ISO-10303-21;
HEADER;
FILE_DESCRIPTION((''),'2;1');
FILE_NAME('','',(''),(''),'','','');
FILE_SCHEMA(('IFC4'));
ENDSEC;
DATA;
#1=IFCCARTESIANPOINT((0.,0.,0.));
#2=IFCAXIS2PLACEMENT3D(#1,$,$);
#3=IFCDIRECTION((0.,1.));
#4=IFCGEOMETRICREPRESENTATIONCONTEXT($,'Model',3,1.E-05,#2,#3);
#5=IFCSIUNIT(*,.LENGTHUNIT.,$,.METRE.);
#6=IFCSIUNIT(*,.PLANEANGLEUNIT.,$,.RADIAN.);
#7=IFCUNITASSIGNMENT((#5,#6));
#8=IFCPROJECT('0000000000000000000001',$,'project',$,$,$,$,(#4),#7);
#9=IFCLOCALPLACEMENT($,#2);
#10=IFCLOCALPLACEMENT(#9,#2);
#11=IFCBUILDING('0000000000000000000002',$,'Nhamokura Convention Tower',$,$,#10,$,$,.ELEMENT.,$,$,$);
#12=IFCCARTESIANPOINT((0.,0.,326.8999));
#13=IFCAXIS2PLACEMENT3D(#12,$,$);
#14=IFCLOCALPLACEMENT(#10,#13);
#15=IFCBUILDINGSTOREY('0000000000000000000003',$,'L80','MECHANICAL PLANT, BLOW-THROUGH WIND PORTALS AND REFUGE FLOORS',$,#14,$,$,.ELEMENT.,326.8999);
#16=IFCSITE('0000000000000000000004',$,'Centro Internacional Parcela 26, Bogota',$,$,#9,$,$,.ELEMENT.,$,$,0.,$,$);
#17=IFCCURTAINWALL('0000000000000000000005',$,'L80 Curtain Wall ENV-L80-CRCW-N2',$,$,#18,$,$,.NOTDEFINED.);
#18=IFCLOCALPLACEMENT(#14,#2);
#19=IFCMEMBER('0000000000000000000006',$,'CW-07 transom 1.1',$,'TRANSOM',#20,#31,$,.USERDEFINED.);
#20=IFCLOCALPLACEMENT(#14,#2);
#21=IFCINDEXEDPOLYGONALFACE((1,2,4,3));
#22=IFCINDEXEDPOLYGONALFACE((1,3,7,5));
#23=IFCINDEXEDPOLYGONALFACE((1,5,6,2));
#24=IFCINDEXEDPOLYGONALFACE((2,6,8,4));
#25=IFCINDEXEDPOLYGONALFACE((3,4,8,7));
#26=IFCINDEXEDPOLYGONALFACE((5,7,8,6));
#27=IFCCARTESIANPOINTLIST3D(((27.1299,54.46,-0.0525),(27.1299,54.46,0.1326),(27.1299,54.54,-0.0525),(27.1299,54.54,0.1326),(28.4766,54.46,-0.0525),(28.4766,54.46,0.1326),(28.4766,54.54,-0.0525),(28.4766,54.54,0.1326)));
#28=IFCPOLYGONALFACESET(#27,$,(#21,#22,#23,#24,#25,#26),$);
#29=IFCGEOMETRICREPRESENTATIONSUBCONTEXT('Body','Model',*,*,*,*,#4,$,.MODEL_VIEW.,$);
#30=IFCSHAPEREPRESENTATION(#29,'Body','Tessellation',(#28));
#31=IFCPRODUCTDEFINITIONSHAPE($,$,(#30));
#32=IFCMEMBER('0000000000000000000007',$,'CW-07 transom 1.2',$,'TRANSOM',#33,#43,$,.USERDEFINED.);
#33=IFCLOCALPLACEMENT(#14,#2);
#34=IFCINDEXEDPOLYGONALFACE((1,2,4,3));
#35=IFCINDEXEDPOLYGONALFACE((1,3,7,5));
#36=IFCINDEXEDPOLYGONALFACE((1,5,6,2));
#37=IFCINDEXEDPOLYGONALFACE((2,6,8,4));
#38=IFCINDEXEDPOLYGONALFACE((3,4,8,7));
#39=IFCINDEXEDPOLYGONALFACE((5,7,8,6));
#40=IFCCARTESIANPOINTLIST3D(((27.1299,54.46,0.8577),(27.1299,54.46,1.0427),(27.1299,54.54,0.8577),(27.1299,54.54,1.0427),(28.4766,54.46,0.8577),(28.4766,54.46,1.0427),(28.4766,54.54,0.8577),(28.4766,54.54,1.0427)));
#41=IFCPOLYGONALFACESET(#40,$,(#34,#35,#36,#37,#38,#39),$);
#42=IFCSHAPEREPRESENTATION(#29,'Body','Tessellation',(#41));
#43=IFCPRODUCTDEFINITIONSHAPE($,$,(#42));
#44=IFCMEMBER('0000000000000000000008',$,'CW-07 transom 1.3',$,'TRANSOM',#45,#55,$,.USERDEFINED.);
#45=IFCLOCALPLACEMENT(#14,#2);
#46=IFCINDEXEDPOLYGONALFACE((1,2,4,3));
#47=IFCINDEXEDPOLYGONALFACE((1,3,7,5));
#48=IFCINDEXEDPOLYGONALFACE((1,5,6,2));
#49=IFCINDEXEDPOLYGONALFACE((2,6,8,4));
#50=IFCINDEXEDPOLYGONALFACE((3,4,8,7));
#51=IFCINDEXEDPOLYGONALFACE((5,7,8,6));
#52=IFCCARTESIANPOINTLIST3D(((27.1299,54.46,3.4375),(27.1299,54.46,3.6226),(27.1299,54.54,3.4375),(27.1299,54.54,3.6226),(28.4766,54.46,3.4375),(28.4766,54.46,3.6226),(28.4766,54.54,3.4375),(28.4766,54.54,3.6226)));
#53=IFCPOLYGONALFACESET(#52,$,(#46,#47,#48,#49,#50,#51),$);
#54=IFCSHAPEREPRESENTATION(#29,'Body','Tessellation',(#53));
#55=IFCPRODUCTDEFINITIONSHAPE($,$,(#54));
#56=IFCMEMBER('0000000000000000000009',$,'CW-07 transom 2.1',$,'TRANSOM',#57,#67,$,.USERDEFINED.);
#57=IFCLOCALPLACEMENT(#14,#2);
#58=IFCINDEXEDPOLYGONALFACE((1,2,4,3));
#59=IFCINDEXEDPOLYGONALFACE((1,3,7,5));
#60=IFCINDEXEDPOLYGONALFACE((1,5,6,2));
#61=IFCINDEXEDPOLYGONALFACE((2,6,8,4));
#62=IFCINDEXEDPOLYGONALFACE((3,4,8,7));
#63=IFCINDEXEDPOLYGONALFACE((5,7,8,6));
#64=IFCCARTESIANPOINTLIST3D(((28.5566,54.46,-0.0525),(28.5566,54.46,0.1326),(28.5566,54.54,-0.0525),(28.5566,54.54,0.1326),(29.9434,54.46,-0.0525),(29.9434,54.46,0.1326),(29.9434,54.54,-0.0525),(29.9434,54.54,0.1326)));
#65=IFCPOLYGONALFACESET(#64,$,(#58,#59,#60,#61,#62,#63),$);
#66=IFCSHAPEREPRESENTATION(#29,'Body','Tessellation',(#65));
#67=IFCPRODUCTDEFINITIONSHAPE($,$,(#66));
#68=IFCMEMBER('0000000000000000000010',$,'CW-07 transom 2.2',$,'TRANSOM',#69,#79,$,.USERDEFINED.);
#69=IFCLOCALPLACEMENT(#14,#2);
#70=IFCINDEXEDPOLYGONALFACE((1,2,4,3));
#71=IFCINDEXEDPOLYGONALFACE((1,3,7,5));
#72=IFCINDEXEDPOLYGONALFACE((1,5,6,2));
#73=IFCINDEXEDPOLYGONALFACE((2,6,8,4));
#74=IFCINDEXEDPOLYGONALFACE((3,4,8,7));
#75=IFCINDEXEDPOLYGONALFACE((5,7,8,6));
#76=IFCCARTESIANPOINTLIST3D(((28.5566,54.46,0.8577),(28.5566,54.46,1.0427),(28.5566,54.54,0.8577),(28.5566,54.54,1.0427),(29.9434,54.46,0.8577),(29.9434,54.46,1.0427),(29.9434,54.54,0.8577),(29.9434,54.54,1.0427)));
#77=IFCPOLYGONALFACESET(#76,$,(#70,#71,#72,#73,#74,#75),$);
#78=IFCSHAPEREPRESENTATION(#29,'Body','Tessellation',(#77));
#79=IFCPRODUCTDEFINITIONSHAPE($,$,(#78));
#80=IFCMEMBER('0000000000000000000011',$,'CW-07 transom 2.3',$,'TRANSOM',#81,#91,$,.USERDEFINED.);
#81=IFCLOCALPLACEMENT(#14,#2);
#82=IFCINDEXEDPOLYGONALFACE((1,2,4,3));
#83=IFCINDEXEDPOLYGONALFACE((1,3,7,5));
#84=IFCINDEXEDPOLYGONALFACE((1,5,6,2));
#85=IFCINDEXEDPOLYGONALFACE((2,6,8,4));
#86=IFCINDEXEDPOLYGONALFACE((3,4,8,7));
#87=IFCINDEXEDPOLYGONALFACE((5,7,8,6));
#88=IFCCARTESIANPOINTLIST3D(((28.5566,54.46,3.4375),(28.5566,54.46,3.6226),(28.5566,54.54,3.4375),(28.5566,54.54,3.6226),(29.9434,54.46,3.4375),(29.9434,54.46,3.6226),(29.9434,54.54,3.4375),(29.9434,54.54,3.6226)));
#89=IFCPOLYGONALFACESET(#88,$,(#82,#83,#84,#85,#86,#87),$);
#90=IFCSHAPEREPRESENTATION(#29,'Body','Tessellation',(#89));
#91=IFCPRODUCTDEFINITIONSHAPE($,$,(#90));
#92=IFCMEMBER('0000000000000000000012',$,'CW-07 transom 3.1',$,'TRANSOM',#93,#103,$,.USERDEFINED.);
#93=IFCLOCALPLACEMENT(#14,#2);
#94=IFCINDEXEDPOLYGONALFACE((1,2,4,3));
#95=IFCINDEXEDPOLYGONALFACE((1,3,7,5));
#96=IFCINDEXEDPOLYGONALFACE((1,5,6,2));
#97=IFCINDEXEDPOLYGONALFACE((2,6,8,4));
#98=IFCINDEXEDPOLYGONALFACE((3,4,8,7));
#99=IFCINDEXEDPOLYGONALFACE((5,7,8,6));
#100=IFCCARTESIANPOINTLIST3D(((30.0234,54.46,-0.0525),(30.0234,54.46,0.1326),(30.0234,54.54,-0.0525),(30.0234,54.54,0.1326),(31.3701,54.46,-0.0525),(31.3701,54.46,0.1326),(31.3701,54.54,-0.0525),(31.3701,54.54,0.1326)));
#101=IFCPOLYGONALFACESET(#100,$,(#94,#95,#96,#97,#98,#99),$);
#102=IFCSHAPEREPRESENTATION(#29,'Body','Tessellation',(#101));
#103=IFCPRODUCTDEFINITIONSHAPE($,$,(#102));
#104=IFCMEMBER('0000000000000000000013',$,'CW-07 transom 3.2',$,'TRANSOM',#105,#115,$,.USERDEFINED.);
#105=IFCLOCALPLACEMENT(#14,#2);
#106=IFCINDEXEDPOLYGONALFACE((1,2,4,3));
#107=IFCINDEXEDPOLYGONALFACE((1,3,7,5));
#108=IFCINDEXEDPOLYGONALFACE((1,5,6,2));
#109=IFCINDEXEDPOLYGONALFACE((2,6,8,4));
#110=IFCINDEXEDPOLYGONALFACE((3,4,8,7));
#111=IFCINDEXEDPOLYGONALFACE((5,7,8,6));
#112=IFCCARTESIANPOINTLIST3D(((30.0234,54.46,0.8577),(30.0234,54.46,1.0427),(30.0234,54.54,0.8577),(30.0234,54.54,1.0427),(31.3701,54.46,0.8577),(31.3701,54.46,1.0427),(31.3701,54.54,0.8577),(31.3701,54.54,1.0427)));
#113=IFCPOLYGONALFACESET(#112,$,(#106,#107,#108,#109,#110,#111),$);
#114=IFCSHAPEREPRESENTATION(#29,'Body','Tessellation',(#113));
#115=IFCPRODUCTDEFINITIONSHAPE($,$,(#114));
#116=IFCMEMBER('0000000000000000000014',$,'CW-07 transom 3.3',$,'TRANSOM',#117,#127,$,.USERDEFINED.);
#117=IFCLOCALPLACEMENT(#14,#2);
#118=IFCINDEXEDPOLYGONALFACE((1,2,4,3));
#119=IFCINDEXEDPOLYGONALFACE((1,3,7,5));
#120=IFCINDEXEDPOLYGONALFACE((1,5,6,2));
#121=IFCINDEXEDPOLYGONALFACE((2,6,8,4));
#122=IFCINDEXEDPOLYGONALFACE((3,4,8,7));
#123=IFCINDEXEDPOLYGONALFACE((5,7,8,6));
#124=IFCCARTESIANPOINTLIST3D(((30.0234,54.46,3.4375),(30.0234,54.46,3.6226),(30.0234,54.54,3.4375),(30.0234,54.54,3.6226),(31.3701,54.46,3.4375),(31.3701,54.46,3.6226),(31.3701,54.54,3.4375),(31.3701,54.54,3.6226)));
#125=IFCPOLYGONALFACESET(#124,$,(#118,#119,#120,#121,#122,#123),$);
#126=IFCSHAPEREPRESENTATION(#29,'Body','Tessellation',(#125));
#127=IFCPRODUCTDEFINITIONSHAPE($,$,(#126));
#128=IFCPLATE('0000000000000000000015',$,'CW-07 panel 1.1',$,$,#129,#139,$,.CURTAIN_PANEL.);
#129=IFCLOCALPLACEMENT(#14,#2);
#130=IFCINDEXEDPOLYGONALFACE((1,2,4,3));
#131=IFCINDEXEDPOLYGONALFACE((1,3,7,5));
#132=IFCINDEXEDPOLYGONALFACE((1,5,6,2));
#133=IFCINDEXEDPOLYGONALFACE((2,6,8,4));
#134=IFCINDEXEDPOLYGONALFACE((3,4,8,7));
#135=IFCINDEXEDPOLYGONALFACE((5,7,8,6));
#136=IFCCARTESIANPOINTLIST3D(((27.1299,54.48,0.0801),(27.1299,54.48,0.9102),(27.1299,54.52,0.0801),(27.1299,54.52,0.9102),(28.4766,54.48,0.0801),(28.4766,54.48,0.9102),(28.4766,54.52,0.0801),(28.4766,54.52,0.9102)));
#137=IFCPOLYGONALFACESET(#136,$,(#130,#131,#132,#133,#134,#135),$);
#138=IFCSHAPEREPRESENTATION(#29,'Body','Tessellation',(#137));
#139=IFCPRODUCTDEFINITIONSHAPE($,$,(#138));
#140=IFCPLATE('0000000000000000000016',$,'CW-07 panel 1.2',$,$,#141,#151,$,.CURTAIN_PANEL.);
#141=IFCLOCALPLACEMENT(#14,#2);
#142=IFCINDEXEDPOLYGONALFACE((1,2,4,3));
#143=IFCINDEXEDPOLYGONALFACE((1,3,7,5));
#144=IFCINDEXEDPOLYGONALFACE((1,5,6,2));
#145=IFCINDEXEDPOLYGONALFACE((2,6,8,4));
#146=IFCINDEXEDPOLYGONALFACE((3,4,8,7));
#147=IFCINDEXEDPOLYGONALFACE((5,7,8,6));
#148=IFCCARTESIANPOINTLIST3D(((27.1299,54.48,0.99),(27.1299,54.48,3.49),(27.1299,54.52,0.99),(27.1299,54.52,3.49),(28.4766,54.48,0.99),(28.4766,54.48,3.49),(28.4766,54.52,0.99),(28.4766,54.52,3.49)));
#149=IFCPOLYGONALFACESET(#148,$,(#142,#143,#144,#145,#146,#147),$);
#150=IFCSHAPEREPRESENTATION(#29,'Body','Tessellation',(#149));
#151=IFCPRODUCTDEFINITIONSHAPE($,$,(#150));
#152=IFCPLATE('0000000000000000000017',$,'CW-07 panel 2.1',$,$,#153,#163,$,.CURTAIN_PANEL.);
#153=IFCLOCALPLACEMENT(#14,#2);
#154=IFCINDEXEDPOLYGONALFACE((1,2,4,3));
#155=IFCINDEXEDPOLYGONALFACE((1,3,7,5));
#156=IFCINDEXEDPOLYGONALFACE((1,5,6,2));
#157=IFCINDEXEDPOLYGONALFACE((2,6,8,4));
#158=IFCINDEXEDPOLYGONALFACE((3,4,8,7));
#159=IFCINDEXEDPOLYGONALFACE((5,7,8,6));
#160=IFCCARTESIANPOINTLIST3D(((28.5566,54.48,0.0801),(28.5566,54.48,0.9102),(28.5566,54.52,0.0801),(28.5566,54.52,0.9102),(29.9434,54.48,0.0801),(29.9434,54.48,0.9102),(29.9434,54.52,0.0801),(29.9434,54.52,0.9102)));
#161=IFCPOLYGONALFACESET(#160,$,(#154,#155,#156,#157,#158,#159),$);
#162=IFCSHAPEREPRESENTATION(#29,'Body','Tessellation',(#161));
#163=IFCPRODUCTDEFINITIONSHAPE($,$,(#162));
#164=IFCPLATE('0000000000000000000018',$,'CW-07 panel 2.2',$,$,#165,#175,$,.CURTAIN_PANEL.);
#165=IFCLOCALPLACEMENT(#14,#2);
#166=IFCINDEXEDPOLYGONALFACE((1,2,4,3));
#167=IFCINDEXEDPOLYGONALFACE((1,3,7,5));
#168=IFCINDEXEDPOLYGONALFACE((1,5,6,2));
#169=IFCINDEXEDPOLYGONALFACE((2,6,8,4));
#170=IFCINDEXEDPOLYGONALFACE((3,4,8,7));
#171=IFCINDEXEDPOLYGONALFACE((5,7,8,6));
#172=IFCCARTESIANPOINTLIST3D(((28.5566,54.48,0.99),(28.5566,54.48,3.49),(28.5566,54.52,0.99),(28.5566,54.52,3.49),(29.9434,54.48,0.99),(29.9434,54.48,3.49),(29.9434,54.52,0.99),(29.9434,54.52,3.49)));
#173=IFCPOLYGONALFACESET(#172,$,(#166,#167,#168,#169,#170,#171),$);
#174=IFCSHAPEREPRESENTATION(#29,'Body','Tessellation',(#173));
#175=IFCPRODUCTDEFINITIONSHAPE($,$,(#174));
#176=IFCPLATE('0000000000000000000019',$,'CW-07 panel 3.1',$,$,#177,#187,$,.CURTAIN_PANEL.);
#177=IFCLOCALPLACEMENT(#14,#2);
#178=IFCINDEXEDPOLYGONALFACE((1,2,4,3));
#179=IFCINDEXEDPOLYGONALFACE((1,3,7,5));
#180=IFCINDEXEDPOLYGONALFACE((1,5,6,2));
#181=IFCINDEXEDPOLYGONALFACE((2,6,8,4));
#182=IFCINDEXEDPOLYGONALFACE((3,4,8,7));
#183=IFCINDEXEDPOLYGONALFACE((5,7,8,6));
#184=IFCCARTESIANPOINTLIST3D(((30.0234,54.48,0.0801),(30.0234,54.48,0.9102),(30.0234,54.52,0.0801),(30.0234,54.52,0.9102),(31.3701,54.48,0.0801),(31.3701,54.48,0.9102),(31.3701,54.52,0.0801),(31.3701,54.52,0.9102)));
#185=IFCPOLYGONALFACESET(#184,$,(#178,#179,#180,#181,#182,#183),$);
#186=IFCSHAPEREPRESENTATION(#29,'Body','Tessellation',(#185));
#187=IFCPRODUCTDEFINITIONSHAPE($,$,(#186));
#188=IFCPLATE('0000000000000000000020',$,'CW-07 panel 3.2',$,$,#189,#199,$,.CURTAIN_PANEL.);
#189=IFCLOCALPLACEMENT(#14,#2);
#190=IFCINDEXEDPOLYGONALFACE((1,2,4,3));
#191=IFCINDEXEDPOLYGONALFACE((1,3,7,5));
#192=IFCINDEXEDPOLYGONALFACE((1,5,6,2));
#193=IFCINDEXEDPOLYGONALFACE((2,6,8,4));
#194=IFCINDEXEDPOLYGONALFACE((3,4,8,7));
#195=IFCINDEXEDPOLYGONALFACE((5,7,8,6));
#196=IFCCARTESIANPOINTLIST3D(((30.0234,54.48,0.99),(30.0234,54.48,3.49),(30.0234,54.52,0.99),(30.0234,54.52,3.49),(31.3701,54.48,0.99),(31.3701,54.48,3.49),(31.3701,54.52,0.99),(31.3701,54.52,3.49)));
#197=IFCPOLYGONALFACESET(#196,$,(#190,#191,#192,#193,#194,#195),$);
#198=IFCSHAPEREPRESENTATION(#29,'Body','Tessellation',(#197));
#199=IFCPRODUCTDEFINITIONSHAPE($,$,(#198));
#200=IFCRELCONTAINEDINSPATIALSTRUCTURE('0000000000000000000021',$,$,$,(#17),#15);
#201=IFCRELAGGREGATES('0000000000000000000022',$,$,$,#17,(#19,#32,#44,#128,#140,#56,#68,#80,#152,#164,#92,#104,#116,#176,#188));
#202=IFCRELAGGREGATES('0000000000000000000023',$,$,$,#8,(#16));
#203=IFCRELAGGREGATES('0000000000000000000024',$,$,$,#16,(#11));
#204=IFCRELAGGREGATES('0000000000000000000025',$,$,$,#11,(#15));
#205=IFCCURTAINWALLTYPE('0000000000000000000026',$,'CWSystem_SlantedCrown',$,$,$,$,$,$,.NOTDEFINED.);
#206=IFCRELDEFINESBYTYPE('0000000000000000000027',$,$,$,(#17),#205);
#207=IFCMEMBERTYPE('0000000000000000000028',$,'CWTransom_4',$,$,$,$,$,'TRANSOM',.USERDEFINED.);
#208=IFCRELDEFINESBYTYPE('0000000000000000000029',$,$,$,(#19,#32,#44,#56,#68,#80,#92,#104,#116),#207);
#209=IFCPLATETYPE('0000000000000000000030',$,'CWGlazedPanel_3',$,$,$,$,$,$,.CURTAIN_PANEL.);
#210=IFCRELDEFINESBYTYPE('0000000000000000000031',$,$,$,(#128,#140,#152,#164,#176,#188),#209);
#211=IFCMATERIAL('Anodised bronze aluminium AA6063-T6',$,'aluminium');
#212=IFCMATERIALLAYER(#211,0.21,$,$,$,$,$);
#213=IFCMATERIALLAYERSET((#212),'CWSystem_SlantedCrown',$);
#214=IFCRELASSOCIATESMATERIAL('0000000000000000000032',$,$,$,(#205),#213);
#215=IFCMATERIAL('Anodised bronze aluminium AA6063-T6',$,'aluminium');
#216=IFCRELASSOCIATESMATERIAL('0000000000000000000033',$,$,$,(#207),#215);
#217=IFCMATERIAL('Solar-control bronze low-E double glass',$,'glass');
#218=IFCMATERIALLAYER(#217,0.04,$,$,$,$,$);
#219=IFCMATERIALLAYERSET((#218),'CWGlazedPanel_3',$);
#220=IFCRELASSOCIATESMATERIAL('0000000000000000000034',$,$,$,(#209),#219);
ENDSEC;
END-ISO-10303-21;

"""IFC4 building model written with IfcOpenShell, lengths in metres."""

from ifc_helpers import new_model, si_unit, direction, frame, origin, origin_2d, place, context, subcontext, project, spatial, rectangle, extrude, material, layer, layer_set, material_profile, profile_set, type_object, element, aggregate, save


model = new_model("IFC4")

# Units and contexts
model_context = context("Model", 3, precision=1e-05, world=origin(), true_north=direction((0.0, 1.0)))
body_context = subcontext(model_context, "Body", "Model", "MODEL_VIEW")
ifc_project = project(units=[si_unit("LENGTHUNIT", "METRE"), si_unit("PLANEANGLEUNIT", "RADIAN")], contexts=[model_context])

# Site, building, storey
site_placement = place(None, origin())
site = spatial("IfcSite", under=ifc_project, at=site_placement, Name="Centro Internacional Parcela 26, Bogota", CompositionType="ELEMENT", RefElevation=0.0)
building_placement = place(site_placement, origin())
building = spatial("IfcBuilding", under=site, at=building_placement, Name="Nhamokura Convention Tower", CompositionType="ELEMENT")
storey_placement = place(building_placement, frame((0.0, 0.0, 326.8999)))
storey = spatial("IfcBuildingStorey", under=building, at=storey_placement, Name="L80", Description="MECHANICAL PLANT, BLOW-THROUGH WIND PORTALS AND REFUGE FLOORS", CompositionType="ELEMENT", Elevation=326.8999)

# Curtain wall, members, plates
ifc_material_1 = material(Name="Anodised bronze aluminium AA6063-T6", Category="aluminium")
ifc_layer_1 = layer(ifc_material_1, 0.21)
ifc_layer_set_1 = layer_set([ifc_layer_1], Name="CWSystem_SlantedCrown")
curtain_wall_type = type_object("IfcCurtainWallType", Name="CWSystem_SlantedCrown", PredefinedType="NOTDEFINED", material=ifc_layer_set_1)
curtain_wall_placement = place(storey_placement, origin())
curtain_wall = element("IfcCurtainWall", 1, at=curtain_wall_placement, inside=storey, type_object=curtain_wall_type, Name="L80 Curtain Wall ENV-L80-CRCW-N2", PredefinedType="NOTDEFINED")
ifc_material_2 = material(Name="Anodised bronze aluminium AA6063-T6", Category="aluminium")
ifc_material_profile_1 = material_profile(ifc_material_2, rectangle(XDim=0.0801, YDim=0.1851, at=origin_2d()))
ifc_profile_set_1 = profile_set([ifc_material_profile_1], Name="Anodised bronze aluminium AA6063-T6")
member_type_1 = type_object("IfcMemberType", Name="CWTransom_4", ElementType="TRANSOM", PredefinedType="USERDEFINED", material=ifc_profile_set_1)
member_1_placement = place(storey_placement, frame((27.1299, 54.5, 0.04), z_axis=(1.0, 0.0, 0.0), x_axis=(0.0, 1.0, 0.0)))
member_1 = element("IfcMember", 2, at=member_1_placement, type_object=member_type_1, Name="CW-07 transom 1.1", ObjectType="TRANSOM", PredefinedType="USERDEFINED", context=body_context, shape_type="SweptSolid", body=[
    extrude(rectangle(XDim=0.0801, YDim=0.1851, at=origin_2d()), origin(), (0.0, 0.0, 1.0), 1.3467),
])
member_2_placement = place(storey_placement, frame((27.1299, 54.5, 0.9502), z_axis=(1.0, 0.0, 0.0), x_axis=(0.0, 1.0, 0.0)))
member_2 = element("IfcMember", 3, at=member_2_placement, type_object=member_type_1, Name="CW-07 transom 1.2", ObjectType="TRANSOM", PredefinedType="USERDEFINED", context=body_context, shape_type="SweptSolid", body=[
    extrude(rectangle(XDim=0.0801, YDim=0.1851, at=origin_2d()), origin(), (0.0, 0.0, 1.0), 1.3467),
])
member_3_placement = place(storey_placement, frame((27.1299, 54.5, 3.53), z_axis=(1.0, 0.0, 0.0), x_axis=(0.0, 1.0, 0.0)))
member_3 = element("IfcMember", 4, at=member_3_placement, type_object=member_type_1, Name="CW-07 transom 1.3", ObjectType="TRANSOM", PredefinedType="USERDEFINED", context=body_context, shape_type="SweptSolid", body=[
    extrude(rectangle(XDim=0.0801, YDim=0.1851, at=origin_2d()), origin(), (0.0, 0.0, 1.0), 1.3467),
])
member_4_placement = place(storey_placement, frame((28.5566, 54.5, 0.04), z_axis=(1.0, 0.0, 0.0), x_axis=(0.0, 1.0, 0.0)))
member_4 = element("IfcMember", 5, at=member_4_placement, type_object=member_type_1, Name="CW-07 transom 2.1", ObjectType="TRANSOM", PredefinedType="USERDEFINED", context=body_context, shape_type="SweptSolid", body=[
    extrude(rectangle(XDim=0.0801, YDim=0.1851, at=origin_2d()), origin(), (0.0, 0.0, 1.0), 1.3867),
])
member_5_placement = place(storey_placement, frame((28.5566, 54.5, 0.9502), z_axis=(1.0, 0.0, 0.0), x_axis=(0.0, 1.0, 0.0)))
member_5 = element("IfcMember", 6, at=member_5_placement, type_object=member_type_1, Name="CW-07 transom 2.2", ObjectType="TRANSOM", PredefinedType="USERDEFINED", context=body_context, shape_type="SweptSolid", body=[
    extrude(rectangle(XDim=0.0801, YDim=0.1851, at=origin_2d()), origin(), (0.0, 0.0, 1.0), 1.3867),
])
member_6_placement = place(storey_placement, frame((28.5566, 54.5, 3.53), z_axis=(1.0, 0.0, 0.0), x_axis=(0.0, 1.0, 0.0)))
member_6 = element("IfcMember", 7, at=member_6_placement, type_object=member_type_1, Name="CW-07 transom 2.3", ObjectType="TRANSOM", PredefinedType="USERDEFINED", context=body_context, shape_type="SweptSolid", body=[
    extrude(rectangle(XDim=0.0801, YDim=0.1851, at=origin_2d()), origin(), (0.0, 0.0, 1.0), 1.3867),
])
member_7_placement = place(storey_placement, frame((30.0234, 54.5, 0.04), z_axis=(1.0, 0.0, 0.0), x_axis=(0.0, 1.0, 0.0)))
member_7 = element("IfcMember", 8, at=member_7_placement, type_object=member_type_1, Name="CW-07 transom 3.1", ObjectType="TRANSOM", PredefinedType="USERDEFINED", context=body_context, shape_type="SweptSolid", body=[
    extrude(rectangle(XDim=0.0801, YDim=0.1851, at=origin_2d()), origin(), (0.0, 0.0, 1.0), 1.3467),
])
member_8_placement = place(storey_placement, frame((30.0234, 54.5, 0.9502), z_axis=(1.0, 0.0, 0.0), x_axis=(0.0, 1.0, 0.0)))
member_8 = element("IfcMember", 9, at=member_8_placement, type_object=member_type_1, Name="CW-07 transom 3.2", ObjectType="TRANSOM", PredefinedType="USERDEFINED", context=body_context, shape_type="SweptSolid", body=[
    extrude(rectangle(XDim=0.0801, YDim=0.1851, at=origin_2d()), origin(), (0.0, 0.0, 1.0), 1.3467),
])
member_9_placement = place(storey_placement, frame((30.0234, 54.5, 3.53), z_axis=(1.0, 0.0, 0.0), x_axis=(0.0, 1.0, 0.0)))
member_9 = element("IfcMember", 10, at=member_9_placement, type_object=member_type_1, Name="CW-07 transom 3.3", ObjectType="TRANSOM", PredefinedType="USERDEFINED", context=body_context, shape_type="SweptSolid", body=[
    extrude(rectangle(XDim=0.0801, YDim=0.1851, at=origin_2d()), origin(), (0.0, 0.0, 1.0), 1.3467),
])
ifc_material_3 = material(Name="Solar-control bronze low-E double glass", Category="glass")
ifc_layer_2 = layer(ifc_material_3, 0.04)
ifc_layer_set_2 = layer_set([ifc_layer_2], Name="CWGlazedPanel_3")
plate_type = type_object("IfcPlateType", Name="CWGlazedPanel_3", PredefinedType="CURTAIN_PANEL", material=ifc_layer_set_2)
plate_1_placement = place(storey_placement, frame((27.8032, 54.5, 0.0801), z_axis=(0.0, 0.0, 1.0), x_axis=(1.0, 0.0, 0.0)))
plate_1 = element("IfcPlate", 11, at=plate_1_placement, type_object=plate_type, Name="CW-07 panel 1.1", PredefinedType="CURTAIN_PANEL", context=body_context, shape_type="SweptSolid", body=[
    extrude(rectangle(XDim=1.3467, YDim=0.04, at=origin_2d()), origin(), (0.0, 0.0, 1.0), 0.8301),
])
plate_2_placement = place(storey_placement, frame((27.8032, 54.5, 0.99), z_axis=(0.0, 0.0, 1.0), x_axis=(1.0, 0.0, 0.0)))
plate_2 = element("IfcPlate", 12, at=plate_2_placement, type_object=plate_type, Name="CW-07 panel 1.2", PredefinedType="CURTAIN_PANEL", context=body_context, shape_type="SweptSolid", body=[
    extrude(rectangle(XDim=1.3467, YDim=0.04, at=origin_2d()), origin(), (0.0, 0.0, 1.0), 2.5),
])
plate_3_placement = place(storey_placement, frame((29.25, 54.5, 0.0801), z_axis=(0.0, 0.0, 1.0), x_axis=(1.0, 0.0, 0.0)))
plate_3 = element("IfcPlate", 13, at=plate_3_placement, type_object=plate_type, Name="CW-07 panel 2.1", PredefinedType="CURTAIN_PANEL", context=body_context, shape_type="SweptSolid", body=[
    extrude(rectangle(XDim=1.3867, YDim=0.04, at=origin_2d()), origin(), (0.0, 0.0, 1.0), 0.8301),
])
plate_4_placement = place(storey_placement, frame((29.25, 54.5, 0.99), z_axis=(0.0, 0.0, 1.0), x_axis=(1.0, 0.0, 0.0)))
plate_4 = element("IfcPlate", 14, at=plate_4_placement, type_object=plate_type, Name="CW-07 panel 2.2", PredefinedType="CURTAIN_PANEL", context=body_context, shape_type="SweptSolid", body=[
    extrude(rectangle(XDim=1.3867, YDim=0.04, at=origin_2d()), origin(), (0.0, 0.0, 1.0), 2.5),
])
plate_5_placement = place(storey_placement, frame((30.6968, 54.5, 0.0801), z_axis=(0.0, 0.0, 1.0), x_axis=(1.0, 0.0, 0.0)))
plate_5 = element("IfcPlate", 15, at=plate_5_placement, type_object=plate_type, Name="CW-07 panel 3.1", PredefinedType="CURTAIN_PANEL", context=body_context, shape_type="SweptSolid", body=[
    extrude(rectangle(XDim=1.3467, YDim=0.04, at=origin_2d()), origin(), (0.0, 0.0, 1.0), 0.8301),
])
plate_6_placement = place(storey_placement, frame((30.6968, 54.5, 0.99), z_axis=(0.0, 0.0, 1.0), x_axis=(1.0, 0.0, 0.0)))
plate_6 = element("IfcPlate", 16, at=plate_6_placement, type_object=plate_type, Name="CW-07 panel 3.2", PredefinedType="CURTAIN_PANEL", context=body_context, shape_type="SweptSolid", body=[
    extrude(rectangle(XDim=1.3467, YDim=0.04, at=origin_2d()), origin(), (0.0, 0.0, 1.0), 2.5),
])
aggregate(curtain_wall, [member_1, member_2, member_3, plate_1, plate_2, member_4, member_5, member_6, plate_3, plate_4, member_7, member_8, member_9, plate_5, plate_6])

save(model, "model.ifc")
